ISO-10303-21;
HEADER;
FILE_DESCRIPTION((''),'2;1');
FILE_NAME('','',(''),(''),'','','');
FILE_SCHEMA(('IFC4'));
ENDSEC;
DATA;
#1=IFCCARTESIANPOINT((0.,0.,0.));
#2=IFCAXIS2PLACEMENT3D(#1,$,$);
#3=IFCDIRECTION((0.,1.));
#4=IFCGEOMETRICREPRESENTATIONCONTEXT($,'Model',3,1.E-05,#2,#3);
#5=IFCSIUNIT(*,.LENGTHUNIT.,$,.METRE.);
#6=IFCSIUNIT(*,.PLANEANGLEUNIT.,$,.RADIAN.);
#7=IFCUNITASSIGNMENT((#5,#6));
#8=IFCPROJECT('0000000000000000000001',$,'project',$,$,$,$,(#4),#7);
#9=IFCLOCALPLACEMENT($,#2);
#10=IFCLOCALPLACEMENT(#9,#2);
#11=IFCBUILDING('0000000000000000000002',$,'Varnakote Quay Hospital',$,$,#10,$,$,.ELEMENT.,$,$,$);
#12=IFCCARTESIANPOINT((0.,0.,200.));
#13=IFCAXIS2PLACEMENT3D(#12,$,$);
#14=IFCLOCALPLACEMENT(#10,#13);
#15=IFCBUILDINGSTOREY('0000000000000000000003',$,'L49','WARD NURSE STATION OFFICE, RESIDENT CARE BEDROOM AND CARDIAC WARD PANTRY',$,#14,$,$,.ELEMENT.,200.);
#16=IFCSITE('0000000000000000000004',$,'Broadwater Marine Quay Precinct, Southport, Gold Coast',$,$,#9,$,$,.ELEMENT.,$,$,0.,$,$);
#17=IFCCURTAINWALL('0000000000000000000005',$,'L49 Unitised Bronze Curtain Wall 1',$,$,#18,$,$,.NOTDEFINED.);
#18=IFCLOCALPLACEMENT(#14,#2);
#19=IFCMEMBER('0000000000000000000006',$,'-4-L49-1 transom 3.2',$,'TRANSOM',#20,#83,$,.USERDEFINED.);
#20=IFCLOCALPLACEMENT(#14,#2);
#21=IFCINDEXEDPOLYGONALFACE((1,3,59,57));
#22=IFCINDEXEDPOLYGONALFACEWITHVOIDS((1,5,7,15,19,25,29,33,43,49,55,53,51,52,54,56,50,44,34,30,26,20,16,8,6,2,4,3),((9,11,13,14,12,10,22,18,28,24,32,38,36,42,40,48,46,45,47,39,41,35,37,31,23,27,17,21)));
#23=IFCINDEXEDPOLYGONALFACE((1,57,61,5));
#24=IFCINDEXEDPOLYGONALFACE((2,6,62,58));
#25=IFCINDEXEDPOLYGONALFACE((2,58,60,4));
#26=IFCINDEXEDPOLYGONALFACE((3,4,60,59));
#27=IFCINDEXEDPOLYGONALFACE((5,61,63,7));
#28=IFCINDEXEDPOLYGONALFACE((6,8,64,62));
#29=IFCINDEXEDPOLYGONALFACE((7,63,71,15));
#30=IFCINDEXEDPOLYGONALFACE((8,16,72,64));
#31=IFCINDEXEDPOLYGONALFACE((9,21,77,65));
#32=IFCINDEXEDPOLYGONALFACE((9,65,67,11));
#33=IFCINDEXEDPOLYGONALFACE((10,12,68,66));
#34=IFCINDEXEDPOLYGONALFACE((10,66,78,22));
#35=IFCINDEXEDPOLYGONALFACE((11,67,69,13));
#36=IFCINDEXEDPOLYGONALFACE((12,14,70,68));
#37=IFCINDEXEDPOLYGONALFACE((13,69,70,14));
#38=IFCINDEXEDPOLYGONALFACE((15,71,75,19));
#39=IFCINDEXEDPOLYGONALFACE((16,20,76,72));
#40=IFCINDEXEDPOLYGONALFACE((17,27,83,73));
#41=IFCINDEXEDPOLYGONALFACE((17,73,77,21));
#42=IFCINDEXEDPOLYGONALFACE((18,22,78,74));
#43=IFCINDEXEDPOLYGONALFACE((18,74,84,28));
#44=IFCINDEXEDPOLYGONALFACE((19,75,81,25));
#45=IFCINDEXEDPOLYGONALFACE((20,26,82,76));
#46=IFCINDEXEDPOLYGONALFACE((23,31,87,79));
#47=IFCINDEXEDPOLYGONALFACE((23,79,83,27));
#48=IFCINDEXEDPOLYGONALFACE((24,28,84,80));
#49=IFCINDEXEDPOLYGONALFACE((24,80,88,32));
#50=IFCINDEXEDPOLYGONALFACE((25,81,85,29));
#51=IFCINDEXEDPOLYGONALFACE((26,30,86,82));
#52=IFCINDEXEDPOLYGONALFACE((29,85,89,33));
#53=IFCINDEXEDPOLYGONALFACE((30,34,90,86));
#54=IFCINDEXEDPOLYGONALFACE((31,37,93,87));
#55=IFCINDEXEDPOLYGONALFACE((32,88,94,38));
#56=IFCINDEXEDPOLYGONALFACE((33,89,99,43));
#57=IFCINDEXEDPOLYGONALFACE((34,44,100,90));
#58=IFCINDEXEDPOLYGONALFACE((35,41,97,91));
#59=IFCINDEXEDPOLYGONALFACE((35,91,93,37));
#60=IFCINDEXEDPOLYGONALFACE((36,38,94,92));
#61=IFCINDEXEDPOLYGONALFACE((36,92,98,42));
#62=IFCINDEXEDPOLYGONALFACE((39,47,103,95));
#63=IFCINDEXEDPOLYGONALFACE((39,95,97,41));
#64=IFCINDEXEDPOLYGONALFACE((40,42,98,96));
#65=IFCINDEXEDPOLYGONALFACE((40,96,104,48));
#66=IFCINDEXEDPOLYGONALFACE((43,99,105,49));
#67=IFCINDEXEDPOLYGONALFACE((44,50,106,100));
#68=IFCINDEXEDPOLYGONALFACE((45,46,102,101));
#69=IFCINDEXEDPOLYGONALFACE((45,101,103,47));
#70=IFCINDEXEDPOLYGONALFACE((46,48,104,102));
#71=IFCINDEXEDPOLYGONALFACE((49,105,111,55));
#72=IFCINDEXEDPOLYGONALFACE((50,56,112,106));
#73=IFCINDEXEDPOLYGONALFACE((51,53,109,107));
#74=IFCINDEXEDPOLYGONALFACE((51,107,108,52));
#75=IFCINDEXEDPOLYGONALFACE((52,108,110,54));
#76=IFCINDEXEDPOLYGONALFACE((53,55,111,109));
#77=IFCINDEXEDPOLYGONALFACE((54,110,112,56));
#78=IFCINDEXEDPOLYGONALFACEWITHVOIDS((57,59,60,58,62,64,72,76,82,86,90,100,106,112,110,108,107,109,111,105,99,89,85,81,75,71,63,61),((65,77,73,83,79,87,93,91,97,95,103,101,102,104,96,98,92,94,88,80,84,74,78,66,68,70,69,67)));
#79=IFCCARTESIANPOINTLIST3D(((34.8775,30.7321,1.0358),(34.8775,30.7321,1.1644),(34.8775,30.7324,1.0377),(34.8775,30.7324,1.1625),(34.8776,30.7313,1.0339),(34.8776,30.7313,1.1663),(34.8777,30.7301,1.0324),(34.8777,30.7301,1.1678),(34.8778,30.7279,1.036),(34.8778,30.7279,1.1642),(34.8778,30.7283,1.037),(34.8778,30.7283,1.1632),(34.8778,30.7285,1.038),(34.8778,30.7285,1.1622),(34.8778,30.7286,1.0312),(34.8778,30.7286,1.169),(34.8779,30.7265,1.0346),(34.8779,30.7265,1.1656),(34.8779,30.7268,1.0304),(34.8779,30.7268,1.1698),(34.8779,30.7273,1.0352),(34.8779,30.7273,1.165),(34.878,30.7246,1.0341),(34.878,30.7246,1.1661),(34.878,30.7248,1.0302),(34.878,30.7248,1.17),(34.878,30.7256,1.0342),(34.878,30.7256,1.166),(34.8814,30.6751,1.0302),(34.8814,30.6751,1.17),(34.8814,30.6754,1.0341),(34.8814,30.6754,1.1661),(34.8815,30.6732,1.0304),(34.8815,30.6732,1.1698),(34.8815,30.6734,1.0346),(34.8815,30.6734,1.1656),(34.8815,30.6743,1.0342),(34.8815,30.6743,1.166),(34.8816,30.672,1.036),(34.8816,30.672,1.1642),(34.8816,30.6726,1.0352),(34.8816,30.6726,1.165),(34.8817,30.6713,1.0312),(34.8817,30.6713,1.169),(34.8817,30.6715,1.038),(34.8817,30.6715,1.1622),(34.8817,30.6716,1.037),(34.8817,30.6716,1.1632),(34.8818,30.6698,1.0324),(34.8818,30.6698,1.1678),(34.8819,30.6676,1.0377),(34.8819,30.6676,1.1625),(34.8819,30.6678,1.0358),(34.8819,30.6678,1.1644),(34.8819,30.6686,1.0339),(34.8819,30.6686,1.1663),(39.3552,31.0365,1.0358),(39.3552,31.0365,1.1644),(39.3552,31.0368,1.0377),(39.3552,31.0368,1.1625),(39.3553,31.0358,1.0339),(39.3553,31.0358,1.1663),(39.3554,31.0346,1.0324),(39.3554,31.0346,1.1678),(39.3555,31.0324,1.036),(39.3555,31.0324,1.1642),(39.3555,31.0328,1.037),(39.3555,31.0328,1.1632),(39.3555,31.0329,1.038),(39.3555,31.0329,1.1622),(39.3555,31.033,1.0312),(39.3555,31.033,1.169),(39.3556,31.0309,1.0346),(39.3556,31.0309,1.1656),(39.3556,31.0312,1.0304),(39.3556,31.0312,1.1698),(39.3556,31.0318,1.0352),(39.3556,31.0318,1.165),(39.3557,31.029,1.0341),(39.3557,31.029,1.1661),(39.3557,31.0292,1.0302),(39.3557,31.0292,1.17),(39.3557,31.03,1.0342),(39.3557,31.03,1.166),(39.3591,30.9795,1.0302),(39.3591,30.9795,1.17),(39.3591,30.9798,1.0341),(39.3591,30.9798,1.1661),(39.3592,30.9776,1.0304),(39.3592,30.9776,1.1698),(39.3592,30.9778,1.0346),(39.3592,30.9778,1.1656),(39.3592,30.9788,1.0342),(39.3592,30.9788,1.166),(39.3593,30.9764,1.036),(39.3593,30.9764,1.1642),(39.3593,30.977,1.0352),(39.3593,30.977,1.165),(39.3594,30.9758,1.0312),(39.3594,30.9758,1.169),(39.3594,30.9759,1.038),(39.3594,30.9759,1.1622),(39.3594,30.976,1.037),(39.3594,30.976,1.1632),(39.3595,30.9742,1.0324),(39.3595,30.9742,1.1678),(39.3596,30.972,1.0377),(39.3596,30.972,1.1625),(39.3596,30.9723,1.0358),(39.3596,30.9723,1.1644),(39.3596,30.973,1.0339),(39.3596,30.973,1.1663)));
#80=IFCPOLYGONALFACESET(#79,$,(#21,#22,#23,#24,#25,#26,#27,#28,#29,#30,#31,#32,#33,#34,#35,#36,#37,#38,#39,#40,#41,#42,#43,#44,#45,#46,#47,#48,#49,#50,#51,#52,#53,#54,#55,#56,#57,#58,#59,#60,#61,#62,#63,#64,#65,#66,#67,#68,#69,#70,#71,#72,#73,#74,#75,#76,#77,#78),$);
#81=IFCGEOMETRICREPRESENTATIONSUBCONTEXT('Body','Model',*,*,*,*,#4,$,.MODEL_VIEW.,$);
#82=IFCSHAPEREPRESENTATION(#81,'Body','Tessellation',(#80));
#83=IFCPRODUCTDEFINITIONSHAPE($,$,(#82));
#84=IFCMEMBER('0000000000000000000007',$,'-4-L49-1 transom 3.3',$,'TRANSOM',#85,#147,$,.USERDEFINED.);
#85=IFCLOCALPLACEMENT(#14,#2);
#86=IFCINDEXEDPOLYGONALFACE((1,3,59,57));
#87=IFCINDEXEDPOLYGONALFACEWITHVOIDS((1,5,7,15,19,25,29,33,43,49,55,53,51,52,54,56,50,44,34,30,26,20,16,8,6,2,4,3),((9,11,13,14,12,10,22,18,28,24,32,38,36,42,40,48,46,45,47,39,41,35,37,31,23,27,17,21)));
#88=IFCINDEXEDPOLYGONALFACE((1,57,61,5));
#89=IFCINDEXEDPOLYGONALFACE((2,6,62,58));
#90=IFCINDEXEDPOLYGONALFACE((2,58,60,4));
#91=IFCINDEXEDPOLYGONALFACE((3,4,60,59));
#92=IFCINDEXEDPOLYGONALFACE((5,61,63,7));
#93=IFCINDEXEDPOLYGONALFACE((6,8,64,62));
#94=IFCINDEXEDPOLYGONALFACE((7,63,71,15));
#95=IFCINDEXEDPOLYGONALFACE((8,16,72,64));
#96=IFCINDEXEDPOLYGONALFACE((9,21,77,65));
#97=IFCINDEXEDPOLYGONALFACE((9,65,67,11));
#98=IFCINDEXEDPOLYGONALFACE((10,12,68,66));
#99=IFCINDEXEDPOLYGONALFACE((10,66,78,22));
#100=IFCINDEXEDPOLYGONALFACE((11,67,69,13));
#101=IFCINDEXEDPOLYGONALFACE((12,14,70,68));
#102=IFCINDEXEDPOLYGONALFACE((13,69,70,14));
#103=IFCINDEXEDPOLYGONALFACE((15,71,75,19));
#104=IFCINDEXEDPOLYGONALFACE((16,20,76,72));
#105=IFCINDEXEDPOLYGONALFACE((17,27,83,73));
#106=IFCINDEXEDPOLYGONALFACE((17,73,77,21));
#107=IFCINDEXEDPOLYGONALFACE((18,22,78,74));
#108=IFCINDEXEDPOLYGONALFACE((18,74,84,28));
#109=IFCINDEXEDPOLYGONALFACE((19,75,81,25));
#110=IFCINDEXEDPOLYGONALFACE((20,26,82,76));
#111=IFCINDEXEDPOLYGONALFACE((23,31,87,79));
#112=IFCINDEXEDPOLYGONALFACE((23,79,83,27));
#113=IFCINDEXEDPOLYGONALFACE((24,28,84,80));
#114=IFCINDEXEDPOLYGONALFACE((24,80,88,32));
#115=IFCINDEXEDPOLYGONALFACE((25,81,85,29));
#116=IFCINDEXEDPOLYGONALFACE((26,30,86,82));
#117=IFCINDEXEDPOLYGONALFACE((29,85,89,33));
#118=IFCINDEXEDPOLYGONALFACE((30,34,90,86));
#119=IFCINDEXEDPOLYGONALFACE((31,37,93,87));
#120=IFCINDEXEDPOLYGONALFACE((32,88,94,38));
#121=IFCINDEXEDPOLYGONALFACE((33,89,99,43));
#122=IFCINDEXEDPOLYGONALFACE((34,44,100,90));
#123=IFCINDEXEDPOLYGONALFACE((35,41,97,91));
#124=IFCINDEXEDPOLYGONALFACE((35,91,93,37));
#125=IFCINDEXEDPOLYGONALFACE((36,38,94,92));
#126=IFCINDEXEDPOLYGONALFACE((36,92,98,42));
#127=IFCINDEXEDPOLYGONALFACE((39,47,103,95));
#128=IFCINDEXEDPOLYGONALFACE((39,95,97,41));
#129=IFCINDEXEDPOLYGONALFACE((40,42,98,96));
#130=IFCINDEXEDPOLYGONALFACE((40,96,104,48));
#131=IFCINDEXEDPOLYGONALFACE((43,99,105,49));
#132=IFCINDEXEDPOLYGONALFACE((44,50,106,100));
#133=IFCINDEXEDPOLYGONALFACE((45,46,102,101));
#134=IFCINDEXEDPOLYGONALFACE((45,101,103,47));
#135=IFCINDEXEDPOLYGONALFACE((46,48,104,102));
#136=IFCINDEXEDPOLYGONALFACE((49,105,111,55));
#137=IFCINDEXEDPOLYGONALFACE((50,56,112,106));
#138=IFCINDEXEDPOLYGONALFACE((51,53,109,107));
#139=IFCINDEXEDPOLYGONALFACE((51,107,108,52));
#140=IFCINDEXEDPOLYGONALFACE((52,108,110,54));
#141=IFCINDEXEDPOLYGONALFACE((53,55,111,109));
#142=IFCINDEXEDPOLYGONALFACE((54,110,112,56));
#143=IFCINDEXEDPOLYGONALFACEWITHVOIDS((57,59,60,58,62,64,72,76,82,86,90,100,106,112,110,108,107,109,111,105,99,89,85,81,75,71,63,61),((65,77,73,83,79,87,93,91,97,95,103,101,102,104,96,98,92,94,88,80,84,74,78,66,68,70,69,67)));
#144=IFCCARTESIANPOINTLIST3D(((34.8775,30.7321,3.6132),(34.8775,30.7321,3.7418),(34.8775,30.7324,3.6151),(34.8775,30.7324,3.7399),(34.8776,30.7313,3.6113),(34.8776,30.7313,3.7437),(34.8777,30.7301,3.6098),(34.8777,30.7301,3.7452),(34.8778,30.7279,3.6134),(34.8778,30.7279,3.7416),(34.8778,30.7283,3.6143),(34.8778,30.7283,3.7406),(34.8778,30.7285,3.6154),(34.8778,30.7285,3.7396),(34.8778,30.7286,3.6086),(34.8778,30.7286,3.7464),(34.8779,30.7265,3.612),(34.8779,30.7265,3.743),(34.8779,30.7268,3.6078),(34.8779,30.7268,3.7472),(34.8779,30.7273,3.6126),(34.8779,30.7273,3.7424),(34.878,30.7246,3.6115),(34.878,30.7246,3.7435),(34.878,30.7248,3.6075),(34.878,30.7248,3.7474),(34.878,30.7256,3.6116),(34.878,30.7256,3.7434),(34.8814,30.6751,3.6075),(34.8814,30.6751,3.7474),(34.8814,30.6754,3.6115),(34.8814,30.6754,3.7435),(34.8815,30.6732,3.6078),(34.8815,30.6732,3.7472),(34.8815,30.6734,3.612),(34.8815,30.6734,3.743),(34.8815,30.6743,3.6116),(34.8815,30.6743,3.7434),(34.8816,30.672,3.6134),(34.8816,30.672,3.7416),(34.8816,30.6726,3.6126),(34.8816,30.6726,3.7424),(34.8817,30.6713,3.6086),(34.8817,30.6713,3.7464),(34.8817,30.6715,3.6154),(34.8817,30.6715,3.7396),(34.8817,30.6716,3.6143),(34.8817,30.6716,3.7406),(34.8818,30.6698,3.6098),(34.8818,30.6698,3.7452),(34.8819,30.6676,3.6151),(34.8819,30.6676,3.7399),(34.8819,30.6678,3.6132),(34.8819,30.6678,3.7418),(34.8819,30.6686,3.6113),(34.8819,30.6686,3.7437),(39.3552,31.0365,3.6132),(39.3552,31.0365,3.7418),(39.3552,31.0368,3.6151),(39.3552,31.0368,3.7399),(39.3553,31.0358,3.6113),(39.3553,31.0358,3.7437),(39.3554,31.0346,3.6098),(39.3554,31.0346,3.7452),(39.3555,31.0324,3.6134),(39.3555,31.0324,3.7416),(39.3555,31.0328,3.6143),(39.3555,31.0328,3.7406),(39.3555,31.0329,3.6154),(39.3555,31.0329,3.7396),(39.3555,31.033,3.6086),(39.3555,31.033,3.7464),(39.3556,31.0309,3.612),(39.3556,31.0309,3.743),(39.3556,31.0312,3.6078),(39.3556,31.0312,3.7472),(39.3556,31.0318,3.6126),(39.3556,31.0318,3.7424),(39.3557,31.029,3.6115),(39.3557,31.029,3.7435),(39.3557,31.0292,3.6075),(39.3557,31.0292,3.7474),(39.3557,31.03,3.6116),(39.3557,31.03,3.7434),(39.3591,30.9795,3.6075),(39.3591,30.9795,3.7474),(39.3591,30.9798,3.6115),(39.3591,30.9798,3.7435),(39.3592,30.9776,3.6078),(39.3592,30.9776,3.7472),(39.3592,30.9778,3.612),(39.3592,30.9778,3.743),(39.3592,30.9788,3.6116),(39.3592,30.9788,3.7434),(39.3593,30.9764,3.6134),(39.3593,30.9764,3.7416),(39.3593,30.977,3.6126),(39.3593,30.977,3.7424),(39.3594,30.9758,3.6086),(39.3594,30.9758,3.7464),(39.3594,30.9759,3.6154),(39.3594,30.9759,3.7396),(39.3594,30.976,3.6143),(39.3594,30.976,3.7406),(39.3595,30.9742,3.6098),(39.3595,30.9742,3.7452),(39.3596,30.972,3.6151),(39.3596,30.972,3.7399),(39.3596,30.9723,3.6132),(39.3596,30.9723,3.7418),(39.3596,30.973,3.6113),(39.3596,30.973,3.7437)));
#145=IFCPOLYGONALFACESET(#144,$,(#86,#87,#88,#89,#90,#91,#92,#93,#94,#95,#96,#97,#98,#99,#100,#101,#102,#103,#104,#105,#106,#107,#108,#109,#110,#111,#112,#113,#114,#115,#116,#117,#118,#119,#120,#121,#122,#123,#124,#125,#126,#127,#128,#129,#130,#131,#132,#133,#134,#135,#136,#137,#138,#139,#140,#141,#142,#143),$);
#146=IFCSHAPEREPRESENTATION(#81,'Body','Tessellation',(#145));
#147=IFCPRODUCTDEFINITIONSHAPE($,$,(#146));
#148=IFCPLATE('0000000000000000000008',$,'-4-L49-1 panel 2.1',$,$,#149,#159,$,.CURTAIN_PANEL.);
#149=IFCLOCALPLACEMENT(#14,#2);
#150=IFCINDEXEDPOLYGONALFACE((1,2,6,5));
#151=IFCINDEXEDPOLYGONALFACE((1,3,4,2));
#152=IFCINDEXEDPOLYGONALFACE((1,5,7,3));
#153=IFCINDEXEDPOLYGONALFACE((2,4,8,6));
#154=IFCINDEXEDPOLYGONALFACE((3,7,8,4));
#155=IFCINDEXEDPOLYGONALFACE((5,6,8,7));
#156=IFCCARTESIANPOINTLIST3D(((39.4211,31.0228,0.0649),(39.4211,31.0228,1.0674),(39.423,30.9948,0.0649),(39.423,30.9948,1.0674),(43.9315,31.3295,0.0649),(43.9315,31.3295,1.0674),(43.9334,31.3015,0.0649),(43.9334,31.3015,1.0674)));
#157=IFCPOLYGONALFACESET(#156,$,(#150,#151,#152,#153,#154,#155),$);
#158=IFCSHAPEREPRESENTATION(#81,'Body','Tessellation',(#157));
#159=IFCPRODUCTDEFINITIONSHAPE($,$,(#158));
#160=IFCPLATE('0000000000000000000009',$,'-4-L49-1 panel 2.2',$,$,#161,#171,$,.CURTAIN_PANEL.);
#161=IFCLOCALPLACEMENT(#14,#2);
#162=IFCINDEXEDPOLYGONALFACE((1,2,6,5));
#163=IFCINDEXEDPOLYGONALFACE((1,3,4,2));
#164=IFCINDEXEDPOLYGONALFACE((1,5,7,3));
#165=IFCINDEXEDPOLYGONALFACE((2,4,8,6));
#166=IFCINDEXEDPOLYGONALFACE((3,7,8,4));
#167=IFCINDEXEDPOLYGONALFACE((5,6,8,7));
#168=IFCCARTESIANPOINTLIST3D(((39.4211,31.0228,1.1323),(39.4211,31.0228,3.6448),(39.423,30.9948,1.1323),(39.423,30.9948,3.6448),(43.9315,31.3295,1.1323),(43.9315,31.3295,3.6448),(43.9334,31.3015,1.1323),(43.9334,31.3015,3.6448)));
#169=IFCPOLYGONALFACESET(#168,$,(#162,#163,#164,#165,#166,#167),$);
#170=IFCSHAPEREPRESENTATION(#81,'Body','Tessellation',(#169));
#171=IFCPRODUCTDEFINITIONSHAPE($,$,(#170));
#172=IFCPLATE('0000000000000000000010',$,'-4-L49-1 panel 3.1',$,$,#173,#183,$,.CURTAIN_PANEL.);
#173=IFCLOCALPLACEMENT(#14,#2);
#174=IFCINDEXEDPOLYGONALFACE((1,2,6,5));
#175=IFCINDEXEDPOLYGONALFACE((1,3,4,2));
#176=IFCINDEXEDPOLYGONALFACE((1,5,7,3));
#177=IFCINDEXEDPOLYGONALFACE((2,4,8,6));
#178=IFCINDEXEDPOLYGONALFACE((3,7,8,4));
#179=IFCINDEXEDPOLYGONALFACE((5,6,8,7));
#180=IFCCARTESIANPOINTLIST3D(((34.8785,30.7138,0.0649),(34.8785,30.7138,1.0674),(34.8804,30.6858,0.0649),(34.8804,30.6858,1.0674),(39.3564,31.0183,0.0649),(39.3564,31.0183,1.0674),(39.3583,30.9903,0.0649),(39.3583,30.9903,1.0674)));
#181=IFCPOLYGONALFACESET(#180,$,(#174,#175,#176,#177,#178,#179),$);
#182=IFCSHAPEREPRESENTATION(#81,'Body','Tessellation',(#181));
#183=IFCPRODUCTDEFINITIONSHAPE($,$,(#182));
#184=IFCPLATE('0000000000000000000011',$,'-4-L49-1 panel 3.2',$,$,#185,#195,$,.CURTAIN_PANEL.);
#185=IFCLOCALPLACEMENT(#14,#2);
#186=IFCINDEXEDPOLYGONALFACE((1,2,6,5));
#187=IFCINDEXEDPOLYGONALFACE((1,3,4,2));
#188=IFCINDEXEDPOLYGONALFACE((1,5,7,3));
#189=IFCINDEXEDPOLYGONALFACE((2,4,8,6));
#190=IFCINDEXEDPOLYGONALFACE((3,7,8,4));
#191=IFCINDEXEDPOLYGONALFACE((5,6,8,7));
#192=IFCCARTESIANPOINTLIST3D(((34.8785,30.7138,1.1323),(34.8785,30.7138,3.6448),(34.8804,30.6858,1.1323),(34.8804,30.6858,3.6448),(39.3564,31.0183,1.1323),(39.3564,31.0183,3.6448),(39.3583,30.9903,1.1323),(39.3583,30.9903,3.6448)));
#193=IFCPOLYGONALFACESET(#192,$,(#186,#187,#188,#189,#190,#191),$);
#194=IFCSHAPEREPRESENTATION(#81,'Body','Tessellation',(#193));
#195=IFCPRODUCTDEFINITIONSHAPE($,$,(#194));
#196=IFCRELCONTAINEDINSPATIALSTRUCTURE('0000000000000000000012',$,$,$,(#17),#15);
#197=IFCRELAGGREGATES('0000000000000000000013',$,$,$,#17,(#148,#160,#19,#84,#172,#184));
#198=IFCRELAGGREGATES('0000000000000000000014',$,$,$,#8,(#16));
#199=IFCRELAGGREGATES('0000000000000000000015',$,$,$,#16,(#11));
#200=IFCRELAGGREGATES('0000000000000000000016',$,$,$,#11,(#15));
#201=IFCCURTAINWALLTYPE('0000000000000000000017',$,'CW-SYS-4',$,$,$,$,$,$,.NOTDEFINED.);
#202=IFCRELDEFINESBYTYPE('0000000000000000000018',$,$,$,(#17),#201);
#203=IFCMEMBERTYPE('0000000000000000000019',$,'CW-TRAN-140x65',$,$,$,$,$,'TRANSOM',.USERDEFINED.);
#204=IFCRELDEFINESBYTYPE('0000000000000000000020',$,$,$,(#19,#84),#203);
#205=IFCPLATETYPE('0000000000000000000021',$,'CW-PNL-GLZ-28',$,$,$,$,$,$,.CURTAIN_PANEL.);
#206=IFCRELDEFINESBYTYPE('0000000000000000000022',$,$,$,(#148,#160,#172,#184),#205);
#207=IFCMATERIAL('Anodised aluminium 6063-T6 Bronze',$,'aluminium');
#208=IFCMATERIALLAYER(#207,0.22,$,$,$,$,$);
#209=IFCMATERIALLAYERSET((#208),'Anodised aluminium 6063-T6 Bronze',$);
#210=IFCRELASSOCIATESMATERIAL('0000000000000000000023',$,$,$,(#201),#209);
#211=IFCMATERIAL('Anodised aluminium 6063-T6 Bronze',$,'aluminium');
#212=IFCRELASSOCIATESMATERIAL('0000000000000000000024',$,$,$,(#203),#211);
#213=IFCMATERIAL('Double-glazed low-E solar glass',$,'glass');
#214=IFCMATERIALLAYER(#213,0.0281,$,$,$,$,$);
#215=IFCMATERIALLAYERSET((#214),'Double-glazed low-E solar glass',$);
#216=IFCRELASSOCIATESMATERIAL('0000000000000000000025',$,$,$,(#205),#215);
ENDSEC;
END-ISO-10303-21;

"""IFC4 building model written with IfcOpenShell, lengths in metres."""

from ifc_helpers import new_model, si_unit, direction, frame, origin, origin_2d, place, context, subcontext, project, spatial, rectangle, hollow_rectangle, extrude, material, layer, layer_set, material_profile, profile_set, type_object, element, aggregate, save


model = new_model("IFC4")

# Units and contexts
model_context = context("Model", 3, precision=1e-05, world=origin(), true_north=direction((0.0, 1.0)))
body_context = subcontext(model_context, "Body", "Model", "MODEL_VIEW")
ifc_project = project(units=[si_unit("LENGTHUNIT", "METRE"), si_unit("PLANEANGLEUNIT", "RADIAN")], contexts=[model_context])

# Site, building, storey
site_placement = place(None, origin())
site = spatial("IfcSite", under=ifc_project, at=site_placement, Name="Broadwater Marine Quay Precinct, Southport, Gold Coast", CompositionType="ELEMENT", RefElevation=0.0)
building_placement = place(site_placement, origin())
building = spatial("IfcBuilding", under=site, at=building_placement, Name="Varnakote Quay Hospital", CompositionType="ELEMENT")
storey_placement = place(building_placement, frame((0.0, 0.0, 200.0)))
storey = spatial("IfcBuildingStorey", under=building, at=storey_placement, Name="L49", Description="WARD NURSE STATION OFFICE, RESIDENT CARE BEDROOM AND CARDIAC WARD PANTRY", CompositionType="ELEMENT", Elevation=200.0)

# Curtain wall, members, plates
ifc_material_1 = material(Name="Anodised aluminium 6063-T6 Bronze", Category="aluminium")
ifc_layer_1 = layer(ifc_material_1, 0.22)
ifc_layer_set_1 = layer_set([ifc_layer_1], Name="Anodised aluminium 6063-T6 Bronze")
curtain_wall_type = type_object("IfcCurtainWallType", Name="CW-SYS-4", PredefinedType="NOTDEFINED", material=ifc_layer_set_1)
curtain_wall_placement = place(storey_placement, origin())
curtain_wall = element("IfcCurtainWall", 1, at=curtain_wall_placement, inside=storey, type_object=curtain_wall_type, Name="L49 Unitised Bronze Curtain Wall 1", PredefinedType="NOTDEFINED")
ifc_material_2 = material(Name="Anodised aluminium 6063-T6 Bronze", Category="aluminium")
ifc_material_profile_1 = material_profile(ifc_material_2, hollow_rectangle(XDim=0.0649, YDim=0.1399, WallThickness=0.0039, InnerFilletRadius=0.0039, OuterFilletRadius=0.0076, at=origin_2d()), Name="CW-TRAN-140x65")
ifc_profile_set_1 = profile_set([ifc_material_profile_1], Name="Anodised aluminium 6063-T6 Bronze")
member_type_1 = type_object("IfcMemberType", Name="CW-TRAN-140x65", ElementType="TRANSOM", PredefinedType="USERDEFINED", material=ifc_profile_set_1)
member_1_placement = place(storey_placement, frame((39.3574, 31.0044, 1.1001), z_axis=(-0.997697, -0.067833, 0.0), x_axis=(0.067833, -0.997697, 0.0)))
member_1 = element("IfcMember", 2, at=member_1_placement, type_object=member_type_1, Name="-4-L49-1 transom 3.2", ObjectType="TRANSOM", PredefinedType="USERDEFINED", context=body_context, shape_type="SweptSolid", body=[
    extrude(hollow_rectangle(XDim=0.0649, YDim=0.1399, WallThickness=0.0039, InnerFilletRadius=0.0039, OuterFilletRadius=0.0076, at=origin_2d()), origin(), (0.0, 0.0, 1.0), 4.488),
])
member_2_placement = place(storey_placement, frame((39.3574, 31.0044, 3.6775), z_axis=(-0.997697, -0.067833, 0.0), x_axis=(0.067833, -0.997697, 0.0)))
member_2 = element("IfcMember", 3, at=member_2_placement, type_object=member_type_1, Name="-4-L49-1 transom 3.3", ObjectType="TRANSOM", PredefinedType="USERDEFINED", context=body_context, shape_type="SweptSolid", body=[
    extrude(hollow_rectangle(XDim=0.0649, YDim=0.1399, WallThickness=0.0039, InnerFilletRadius=0.0039, OuterFilletRadius=0.0076, at=origin_2d()), origin(), (0.0, 0.0, 1.0), 4.488),
])
ifc_material_3 = material(Name="Double-glazed low-E solar glass", Category="glass")
ifc_layer_2 = layer(ifc_material_3, 0.0281)
ifc_layer_set_2 = layer_set([ifc_layer_2], Name="Double-glazed low-E solar glass")
plate_type = type_object("IfcPlateType", Name="CW-PNL-GLZ-28", PredefinedType="CURTAIN_PANEL", material=ifc_layer_set_2)
plate_1_placement = place(storey_placement, frame((41.6772, 31.1621, 0.0649), z_axis=(0.0, 0.0, 1.0), x_axis=(-0.997696, -0.067842, 0.0)))
plate_1 = element("IfcPlate", 4, at=plate_1_placement, type_object=plate_type, Name="-4-L49-1 panel 2.1", PredefinedType="CURTAIN_PANEL", context=body_context, shape_type="SweptSolid", body=[
    extrude(rectangle(XDim=4.5208, YDim=0.0281, at=origin_2d()), origin(), (0.0, 0.0, 1.0), 1.0024),
])
plate_2_placement = place(storey_placement, frame((41.6772, 31.1621, 1.1323), z_axis=(0.0, 0.0, 1.0), x_axis=(-0.997696, -0.067842, 0.0)))
plate_2 = element("IfcPlate", 5, at=plate_2_placement, type_object=plate_type, Name="-4-L49-1 panel 2.2", PredefinedType="CURTAIN_PANEL", context=body_context, shape_type="SweptSolid", body=[
    extrude(rectangle(XDim=4.5208, YDim=0.0281, at=origin_2d()), origin(), (0.0, 0.0, 1.0), 2.5125),
])
plate_3_placement = place(storey_placement, frame((37.1184, 30.8521, 0.0649), z_axis=(0.0, 0.0, 1.0), x_axis=(-0.997696, -0.067842, 0.0)))
plate_3 = element("IfcPlate", 6, at=plate_3_placement, type_object=plate_type, Name="-4-L49-1 panel 3.1", PredefinedType="CURTAIN_PANEL", context=body_context, shape_type="SweptSolid", body=[
    extrude(rectangle(XDim=4.4883, YDim=0.0281, at=origin_2d()), origin(), (0.0, 0.0, 1.0), 1.0024),
])
plate_4_placement = place(storey_placement, frame((37.1184, 30.8521, 1.1323), z_axis=(0.0, 0.0, 1.0), x_axis=(-0.997696, -0.067842, 0.0)))
plate_4 = element("IfcPlate", 7, at=plate_4_placement, type_object=plate_type, Name="-4-L49-1 panel 3.2", PredefinedType="CURTAIN_PANEL", context=body_context, shape_type="SweptSolid", body=[
    extrude(rectangle(XDim=4.4883, YDim=0.0281, at=origin_2d()), origin(), (0.0, 0.0, 1.0), 2.5125),
])
aggregate(curtain_wall, [plate_1, plate_2, member_1, member_2, plate_3, plate_4])

save(model, "model.ifc")
